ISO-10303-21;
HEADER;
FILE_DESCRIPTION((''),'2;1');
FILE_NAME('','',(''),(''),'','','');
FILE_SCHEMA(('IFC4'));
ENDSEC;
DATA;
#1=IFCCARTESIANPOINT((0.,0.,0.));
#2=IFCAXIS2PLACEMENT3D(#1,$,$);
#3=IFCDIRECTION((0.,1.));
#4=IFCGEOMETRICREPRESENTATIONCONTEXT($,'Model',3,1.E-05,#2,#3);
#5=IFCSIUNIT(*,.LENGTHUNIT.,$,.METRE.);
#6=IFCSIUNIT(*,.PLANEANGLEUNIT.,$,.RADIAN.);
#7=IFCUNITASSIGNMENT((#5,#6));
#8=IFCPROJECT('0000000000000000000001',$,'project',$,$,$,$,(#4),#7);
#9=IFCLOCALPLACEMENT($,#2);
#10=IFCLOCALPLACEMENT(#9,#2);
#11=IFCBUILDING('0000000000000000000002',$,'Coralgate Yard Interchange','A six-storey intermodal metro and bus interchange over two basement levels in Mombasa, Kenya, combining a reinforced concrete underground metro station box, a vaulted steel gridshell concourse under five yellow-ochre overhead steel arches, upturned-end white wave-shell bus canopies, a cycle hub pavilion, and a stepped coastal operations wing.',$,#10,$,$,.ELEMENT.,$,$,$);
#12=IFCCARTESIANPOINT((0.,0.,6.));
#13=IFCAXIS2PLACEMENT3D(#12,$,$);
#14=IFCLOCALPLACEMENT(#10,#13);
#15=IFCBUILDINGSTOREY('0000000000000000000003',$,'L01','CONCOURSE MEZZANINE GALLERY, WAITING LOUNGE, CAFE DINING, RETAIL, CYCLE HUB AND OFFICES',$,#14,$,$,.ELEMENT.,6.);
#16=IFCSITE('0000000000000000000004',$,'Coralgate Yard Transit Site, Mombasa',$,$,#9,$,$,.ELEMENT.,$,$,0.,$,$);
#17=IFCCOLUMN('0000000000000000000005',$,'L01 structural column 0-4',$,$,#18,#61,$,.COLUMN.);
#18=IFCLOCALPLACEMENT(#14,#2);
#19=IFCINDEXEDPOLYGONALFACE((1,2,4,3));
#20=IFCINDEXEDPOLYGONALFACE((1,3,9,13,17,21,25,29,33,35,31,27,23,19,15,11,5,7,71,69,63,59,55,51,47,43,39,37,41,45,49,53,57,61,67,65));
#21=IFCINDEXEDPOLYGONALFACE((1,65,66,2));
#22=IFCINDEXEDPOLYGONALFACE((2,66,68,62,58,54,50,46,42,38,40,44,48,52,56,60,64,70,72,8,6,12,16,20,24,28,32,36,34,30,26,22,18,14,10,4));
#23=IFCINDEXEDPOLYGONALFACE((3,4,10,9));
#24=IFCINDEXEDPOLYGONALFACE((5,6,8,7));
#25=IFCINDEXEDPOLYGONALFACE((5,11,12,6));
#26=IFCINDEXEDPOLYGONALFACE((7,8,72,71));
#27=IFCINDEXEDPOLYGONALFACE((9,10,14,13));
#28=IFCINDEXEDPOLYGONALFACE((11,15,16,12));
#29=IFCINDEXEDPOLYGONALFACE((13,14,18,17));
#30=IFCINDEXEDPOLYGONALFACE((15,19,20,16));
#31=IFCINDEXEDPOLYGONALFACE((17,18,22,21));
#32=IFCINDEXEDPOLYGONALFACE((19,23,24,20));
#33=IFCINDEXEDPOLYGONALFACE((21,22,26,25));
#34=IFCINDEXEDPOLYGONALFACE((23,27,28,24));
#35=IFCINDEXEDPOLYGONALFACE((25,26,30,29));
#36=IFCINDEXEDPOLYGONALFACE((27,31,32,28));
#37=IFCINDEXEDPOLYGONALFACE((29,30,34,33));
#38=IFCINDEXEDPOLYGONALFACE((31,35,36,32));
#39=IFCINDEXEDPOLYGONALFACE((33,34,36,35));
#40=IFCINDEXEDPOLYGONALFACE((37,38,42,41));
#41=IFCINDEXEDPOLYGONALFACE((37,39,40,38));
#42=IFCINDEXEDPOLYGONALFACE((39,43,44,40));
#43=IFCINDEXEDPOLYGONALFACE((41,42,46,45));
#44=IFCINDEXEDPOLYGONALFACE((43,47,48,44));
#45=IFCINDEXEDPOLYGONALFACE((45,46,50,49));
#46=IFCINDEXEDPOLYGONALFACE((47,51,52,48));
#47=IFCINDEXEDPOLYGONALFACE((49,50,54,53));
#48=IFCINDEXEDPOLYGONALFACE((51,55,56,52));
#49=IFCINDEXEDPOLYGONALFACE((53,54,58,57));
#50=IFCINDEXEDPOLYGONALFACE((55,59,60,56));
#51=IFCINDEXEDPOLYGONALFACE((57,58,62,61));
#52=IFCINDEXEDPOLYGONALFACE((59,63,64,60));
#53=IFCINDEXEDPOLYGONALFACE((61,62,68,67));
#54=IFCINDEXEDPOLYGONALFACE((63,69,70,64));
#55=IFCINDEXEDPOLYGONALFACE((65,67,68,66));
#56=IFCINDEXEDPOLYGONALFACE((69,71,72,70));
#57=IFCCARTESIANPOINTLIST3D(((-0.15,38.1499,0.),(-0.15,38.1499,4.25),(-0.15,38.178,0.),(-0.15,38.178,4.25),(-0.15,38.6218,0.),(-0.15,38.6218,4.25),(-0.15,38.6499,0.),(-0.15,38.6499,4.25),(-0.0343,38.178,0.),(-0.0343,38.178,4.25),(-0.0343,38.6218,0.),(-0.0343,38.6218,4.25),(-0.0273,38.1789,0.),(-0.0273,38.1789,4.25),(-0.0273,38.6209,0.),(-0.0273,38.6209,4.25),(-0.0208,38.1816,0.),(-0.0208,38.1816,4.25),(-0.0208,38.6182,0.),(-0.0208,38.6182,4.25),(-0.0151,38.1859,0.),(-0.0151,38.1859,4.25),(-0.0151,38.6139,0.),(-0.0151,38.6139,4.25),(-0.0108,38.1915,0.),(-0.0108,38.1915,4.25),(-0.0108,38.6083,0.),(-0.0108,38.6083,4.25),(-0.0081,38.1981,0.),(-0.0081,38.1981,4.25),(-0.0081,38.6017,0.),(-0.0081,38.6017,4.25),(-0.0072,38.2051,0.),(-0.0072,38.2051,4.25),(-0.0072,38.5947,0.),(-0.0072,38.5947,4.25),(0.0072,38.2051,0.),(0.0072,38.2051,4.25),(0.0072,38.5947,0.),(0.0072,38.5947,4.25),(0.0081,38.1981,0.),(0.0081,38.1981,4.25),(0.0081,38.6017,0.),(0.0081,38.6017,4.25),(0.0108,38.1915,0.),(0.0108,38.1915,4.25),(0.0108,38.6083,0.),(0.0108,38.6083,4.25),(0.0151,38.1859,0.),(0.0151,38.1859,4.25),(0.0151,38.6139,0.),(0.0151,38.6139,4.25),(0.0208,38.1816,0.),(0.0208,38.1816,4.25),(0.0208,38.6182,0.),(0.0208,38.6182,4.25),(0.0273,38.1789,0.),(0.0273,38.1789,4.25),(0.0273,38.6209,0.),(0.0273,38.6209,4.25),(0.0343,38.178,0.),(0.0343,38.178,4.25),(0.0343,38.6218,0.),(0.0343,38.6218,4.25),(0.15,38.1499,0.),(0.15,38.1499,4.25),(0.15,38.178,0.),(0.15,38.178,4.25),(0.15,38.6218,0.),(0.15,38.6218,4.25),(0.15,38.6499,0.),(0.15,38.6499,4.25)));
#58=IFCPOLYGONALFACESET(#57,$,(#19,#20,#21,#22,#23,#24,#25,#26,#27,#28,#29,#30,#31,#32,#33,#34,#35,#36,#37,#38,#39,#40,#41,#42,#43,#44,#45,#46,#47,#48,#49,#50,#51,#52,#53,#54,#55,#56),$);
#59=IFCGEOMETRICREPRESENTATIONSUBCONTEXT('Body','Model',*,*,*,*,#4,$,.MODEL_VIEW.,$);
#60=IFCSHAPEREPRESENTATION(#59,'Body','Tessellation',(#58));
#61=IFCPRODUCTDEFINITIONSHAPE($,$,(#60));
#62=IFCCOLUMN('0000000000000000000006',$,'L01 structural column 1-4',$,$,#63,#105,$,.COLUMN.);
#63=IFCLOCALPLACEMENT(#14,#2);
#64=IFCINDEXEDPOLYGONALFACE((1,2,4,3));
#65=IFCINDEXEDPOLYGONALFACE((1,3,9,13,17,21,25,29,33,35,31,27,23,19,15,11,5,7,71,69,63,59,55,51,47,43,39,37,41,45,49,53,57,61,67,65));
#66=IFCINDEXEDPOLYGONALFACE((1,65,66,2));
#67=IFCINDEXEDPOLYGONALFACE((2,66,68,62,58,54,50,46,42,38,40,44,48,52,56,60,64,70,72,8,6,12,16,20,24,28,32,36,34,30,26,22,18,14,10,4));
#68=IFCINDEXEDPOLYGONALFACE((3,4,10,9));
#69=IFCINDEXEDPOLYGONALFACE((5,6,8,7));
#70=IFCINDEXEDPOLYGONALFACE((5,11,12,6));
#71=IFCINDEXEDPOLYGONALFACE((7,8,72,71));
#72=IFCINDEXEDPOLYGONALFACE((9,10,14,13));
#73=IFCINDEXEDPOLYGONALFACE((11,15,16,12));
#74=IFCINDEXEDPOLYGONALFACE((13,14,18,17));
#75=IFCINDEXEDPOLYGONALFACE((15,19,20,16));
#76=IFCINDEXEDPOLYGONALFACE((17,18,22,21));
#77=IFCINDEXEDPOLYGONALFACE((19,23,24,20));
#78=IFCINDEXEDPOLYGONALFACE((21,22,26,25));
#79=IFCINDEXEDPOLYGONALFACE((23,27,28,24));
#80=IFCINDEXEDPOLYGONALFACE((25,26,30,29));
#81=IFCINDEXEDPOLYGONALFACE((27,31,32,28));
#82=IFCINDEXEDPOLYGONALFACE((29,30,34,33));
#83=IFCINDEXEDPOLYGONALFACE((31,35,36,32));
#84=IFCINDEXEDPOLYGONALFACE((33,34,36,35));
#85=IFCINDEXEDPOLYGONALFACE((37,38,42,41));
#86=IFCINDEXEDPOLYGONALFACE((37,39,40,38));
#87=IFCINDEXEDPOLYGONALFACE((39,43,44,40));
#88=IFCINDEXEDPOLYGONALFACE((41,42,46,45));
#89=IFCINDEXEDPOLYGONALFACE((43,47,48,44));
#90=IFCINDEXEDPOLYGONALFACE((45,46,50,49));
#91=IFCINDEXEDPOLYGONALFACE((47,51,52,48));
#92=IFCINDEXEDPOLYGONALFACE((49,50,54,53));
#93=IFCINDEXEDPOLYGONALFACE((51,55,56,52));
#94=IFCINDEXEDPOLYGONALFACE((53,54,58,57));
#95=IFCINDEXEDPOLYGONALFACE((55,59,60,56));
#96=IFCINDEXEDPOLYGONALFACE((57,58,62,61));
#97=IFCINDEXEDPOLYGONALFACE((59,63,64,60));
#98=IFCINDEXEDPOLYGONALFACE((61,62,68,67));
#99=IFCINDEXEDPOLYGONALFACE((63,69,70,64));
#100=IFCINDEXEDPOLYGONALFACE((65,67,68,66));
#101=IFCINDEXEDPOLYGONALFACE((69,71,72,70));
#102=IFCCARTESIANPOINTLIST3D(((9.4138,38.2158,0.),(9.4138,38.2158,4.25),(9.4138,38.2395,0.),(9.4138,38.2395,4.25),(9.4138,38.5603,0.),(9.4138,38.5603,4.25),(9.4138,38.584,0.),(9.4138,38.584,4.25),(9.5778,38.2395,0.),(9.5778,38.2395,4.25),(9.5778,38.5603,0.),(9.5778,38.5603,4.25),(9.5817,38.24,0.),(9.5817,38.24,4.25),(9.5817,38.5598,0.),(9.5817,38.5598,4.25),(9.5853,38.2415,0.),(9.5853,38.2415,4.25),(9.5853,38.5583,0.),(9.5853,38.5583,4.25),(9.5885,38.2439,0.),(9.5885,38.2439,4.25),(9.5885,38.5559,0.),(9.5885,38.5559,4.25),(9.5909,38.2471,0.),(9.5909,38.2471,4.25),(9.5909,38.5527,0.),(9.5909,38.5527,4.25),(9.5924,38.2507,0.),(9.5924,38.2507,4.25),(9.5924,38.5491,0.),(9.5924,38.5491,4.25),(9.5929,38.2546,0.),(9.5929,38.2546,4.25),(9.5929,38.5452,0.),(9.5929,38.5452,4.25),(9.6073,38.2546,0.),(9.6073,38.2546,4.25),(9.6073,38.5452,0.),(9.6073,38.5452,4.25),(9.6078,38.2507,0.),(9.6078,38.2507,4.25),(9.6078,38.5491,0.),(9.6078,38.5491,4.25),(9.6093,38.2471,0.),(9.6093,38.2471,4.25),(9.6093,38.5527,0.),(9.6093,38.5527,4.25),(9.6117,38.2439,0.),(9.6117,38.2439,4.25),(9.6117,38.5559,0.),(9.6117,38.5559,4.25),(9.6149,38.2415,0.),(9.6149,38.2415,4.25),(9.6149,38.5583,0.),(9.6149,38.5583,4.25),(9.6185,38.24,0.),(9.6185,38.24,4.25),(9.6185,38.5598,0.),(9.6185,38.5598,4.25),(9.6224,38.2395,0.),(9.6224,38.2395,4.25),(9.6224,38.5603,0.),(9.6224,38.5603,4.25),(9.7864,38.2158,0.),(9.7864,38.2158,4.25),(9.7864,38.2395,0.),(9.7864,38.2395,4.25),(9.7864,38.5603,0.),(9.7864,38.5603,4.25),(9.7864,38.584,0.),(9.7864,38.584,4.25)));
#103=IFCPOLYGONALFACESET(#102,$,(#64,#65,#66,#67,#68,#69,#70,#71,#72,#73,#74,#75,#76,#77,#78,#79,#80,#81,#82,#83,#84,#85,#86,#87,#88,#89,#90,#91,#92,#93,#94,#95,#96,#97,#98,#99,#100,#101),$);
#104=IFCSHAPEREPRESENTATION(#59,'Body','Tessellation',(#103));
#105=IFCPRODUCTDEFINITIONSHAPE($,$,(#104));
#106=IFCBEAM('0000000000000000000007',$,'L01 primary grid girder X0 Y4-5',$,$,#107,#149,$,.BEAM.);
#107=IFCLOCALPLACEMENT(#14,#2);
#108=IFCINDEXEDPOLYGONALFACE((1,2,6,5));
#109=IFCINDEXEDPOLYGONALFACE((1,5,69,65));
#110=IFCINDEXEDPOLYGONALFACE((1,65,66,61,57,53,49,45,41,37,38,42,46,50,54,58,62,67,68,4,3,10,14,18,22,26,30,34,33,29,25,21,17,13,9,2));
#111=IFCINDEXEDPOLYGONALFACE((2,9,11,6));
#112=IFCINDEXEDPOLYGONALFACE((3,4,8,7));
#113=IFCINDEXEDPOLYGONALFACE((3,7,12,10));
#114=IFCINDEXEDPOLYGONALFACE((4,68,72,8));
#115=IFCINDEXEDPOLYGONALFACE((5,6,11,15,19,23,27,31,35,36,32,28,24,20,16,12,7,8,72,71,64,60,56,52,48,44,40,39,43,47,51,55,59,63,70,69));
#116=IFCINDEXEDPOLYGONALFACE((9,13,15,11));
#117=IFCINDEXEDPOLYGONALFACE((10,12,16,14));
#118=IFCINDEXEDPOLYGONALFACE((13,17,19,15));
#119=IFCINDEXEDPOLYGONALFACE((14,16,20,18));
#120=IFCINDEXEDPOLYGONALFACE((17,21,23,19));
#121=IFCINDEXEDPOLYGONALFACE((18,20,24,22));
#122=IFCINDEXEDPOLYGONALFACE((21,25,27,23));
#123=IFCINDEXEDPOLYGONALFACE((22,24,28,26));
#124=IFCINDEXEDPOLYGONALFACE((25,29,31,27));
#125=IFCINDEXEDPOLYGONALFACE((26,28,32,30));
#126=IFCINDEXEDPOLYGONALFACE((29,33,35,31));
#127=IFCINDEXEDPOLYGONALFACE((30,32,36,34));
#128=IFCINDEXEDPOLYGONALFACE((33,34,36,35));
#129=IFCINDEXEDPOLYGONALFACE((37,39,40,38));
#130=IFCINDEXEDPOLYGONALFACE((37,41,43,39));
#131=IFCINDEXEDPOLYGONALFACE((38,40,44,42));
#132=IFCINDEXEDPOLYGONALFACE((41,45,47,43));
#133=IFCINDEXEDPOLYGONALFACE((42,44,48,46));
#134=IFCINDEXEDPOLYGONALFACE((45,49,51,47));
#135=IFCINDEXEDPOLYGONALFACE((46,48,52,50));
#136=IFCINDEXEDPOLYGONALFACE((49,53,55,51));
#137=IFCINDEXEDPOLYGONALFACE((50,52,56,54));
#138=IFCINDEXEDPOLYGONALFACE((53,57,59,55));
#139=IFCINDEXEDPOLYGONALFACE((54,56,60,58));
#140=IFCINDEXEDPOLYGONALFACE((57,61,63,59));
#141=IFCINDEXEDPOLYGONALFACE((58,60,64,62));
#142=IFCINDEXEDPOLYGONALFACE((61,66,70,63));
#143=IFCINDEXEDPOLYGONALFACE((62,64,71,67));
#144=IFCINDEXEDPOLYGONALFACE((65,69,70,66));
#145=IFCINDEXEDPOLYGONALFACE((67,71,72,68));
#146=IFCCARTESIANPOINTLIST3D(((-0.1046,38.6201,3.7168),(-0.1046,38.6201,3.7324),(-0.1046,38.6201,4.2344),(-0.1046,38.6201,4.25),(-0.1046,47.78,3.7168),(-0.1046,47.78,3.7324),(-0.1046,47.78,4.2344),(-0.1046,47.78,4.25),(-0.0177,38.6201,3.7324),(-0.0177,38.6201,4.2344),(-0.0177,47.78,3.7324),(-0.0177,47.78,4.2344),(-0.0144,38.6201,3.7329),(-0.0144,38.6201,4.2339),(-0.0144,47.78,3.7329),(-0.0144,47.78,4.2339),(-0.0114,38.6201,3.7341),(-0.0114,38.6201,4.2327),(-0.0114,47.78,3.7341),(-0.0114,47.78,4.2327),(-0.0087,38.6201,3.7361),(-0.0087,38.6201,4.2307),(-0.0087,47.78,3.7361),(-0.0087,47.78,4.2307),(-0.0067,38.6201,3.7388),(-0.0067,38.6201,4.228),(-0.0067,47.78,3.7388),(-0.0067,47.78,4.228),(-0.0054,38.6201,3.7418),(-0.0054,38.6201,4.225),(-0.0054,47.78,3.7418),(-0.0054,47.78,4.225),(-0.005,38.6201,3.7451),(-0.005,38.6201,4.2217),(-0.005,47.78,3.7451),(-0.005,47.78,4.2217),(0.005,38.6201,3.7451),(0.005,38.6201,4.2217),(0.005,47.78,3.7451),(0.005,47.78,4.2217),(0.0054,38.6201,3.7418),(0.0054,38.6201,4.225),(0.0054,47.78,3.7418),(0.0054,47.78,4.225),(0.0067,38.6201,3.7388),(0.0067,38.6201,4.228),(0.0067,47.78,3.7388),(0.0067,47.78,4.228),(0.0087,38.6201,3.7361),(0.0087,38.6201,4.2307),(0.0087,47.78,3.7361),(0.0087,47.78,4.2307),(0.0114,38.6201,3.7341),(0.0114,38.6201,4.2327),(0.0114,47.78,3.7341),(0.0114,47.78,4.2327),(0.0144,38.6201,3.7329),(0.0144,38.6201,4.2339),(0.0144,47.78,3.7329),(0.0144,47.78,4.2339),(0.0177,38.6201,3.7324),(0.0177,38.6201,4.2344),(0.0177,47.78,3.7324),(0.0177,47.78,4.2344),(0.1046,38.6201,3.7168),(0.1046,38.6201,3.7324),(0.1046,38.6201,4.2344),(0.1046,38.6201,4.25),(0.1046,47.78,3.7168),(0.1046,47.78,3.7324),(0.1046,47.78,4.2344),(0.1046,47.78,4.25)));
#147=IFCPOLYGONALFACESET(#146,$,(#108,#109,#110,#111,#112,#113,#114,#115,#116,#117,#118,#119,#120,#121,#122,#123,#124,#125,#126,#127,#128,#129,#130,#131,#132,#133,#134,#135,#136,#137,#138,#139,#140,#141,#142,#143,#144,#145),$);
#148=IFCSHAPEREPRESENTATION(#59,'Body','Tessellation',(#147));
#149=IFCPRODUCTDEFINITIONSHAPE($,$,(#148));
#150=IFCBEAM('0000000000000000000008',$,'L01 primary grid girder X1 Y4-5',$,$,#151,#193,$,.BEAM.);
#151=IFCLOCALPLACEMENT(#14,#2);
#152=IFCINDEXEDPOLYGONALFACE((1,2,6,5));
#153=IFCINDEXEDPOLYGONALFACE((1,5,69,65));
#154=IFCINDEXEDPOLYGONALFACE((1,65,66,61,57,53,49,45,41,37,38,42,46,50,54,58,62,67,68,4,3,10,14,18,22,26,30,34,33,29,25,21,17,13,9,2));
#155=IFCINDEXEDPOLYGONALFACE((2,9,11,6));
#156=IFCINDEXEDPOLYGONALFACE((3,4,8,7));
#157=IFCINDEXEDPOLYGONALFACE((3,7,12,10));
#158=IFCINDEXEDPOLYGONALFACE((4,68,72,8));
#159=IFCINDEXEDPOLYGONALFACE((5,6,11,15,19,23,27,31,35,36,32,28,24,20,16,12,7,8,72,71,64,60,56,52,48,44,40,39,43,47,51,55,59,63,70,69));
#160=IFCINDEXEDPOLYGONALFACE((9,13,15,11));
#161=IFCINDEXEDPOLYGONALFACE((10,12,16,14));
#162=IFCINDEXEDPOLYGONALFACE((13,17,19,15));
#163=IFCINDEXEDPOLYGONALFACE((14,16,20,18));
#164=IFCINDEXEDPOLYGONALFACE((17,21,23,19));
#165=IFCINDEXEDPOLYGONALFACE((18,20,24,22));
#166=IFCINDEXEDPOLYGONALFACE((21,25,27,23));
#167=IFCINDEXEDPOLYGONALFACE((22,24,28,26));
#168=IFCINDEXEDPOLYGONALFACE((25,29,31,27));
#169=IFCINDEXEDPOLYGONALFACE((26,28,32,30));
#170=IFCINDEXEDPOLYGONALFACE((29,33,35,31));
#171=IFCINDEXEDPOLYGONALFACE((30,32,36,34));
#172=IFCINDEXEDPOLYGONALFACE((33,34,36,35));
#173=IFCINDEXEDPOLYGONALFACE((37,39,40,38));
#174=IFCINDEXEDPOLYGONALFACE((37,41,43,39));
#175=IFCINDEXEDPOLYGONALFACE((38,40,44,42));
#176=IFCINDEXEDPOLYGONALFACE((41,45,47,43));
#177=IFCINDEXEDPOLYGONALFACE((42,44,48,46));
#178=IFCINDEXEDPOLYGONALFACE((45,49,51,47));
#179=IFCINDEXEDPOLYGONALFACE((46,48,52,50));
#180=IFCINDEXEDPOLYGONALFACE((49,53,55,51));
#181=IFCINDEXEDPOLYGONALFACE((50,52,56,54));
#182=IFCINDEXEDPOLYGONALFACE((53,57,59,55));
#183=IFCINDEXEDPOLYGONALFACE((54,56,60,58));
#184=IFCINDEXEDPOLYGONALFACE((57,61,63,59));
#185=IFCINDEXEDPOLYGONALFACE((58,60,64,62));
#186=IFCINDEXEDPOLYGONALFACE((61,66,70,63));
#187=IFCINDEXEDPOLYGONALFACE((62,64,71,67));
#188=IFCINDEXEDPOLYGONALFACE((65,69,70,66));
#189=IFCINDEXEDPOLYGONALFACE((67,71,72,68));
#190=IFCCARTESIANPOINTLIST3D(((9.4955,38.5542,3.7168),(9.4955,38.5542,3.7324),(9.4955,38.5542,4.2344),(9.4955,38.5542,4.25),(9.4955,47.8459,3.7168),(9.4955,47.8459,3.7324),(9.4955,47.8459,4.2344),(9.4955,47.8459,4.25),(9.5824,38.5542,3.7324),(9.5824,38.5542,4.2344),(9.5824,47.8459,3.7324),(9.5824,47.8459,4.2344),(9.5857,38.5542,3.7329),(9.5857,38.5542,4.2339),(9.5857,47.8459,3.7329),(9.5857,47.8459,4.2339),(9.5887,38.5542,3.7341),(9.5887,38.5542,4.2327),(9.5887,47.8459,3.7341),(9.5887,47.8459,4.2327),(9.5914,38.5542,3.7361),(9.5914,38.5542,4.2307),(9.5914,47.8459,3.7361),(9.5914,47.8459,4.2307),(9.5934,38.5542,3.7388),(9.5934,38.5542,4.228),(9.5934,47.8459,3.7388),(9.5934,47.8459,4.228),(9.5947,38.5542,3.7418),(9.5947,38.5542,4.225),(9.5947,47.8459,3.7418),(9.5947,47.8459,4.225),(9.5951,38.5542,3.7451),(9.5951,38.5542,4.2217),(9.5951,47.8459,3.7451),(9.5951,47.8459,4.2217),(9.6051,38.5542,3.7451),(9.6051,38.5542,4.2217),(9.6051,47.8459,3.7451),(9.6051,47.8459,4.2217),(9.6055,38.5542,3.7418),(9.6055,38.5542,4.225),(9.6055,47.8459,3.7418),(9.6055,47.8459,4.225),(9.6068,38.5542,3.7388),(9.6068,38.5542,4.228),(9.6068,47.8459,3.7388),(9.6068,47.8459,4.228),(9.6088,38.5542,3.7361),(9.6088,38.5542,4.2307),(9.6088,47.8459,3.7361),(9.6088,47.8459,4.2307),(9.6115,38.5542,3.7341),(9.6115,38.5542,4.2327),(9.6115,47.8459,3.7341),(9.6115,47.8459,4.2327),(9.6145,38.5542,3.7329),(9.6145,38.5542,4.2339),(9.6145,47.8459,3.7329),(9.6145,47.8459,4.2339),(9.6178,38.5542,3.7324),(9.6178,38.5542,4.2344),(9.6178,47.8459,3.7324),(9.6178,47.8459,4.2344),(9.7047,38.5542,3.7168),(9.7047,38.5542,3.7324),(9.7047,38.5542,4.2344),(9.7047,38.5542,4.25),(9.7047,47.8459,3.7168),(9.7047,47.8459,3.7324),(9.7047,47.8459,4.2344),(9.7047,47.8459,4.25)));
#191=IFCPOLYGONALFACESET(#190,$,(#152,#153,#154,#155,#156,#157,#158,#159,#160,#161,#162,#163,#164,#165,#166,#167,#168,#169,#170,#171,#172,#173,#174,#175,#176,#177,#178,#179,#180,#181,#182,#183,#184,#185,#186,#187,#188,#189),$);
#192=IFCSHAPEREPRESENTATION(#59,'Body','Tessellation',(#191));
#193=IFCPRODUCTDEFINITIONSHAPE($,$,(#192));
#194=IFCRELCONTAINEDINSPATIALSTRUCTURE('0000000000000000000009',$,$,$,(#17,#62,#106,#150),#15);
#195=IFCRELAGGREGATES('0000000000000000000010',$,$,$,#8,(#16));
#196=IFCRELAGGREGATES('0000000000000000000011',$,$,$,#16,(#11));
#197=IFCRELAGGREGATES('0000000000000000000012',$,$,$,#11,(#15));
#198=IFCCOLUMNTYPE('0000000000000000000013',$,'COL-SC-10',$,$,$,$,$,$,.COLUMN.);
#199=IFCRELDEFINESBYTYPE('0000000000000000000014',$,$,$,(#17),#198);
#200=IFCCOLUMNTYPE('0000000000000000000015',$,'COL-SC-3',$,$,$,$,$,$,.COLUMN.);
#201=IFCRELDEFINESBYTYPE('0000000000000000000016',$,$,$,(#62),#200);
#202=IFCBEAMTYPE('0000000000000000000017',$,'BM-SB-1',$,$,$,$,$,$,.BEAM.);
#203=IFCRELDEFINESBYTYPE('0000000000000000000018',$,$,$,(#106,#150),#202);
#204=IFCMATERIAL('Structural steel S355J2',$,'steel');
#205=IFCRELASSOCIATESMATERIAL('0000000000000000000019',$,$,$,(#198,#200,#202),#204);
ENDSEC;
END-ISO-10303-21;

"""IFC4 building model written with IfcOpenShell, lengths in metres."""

from ifc_helpers import new_model, si_unit, direction, frame, origin, origin_2d, place, context, subcontext, project, spatial, i_section, extrude, material, material_profile, profile_set, type_object, element, save


model = new_model("IFC4")

# Units and contexts
model_context = context("Model", 3, precision=1e-05, world=origin(), true_north=direction((0.0, 1.0)))
body_context = subcontext(model_context, "Body", "Model", "MODEL_VIEW")
ifc_project = project(units=[si_unit("LENGTHUNIT", "METRE"), si_unit("PLANEANGLEUNIT", "RADIAN")], contexts=[model_context])

# Site, building, storey
site_placement = place(None, origin())
site = spatial("IfcSite", under=ifc_project, at=site_placement, Name="Coralgate Yard Transit Site, Mombasa", CompositionType="ELEMENT", RefElevation=0.0)
building_placement = place(site_placement, origin())
building = spatial("IfcBuilding", under=site, at=building_placement, Name="Coralgate Yard Interchange", Description="A six-storey intermodal metro and bus interchange over two basement levels in Mombasa, Kenya, combining a reinforced concrete underground metro station box, a vaulted steel gridshell concourse under five yellow-ochre overhead steel arches, upturned-end white wave-shell bus canopies, a cycle hub pavilion, and a stepped coastal operations wing.", CompositionType="ELEMENT")
storey_placement = place(building_placement, frame((0.0, 0.0, 6.0)))
storey = spatial("IfcBuildingStorey", under=building, at=storey_placement, Name="L01", Description="CONCOURSE MEZZANINE GALLERY, WAITING LOUNGE, CAFE DINING, RETAIL, CYCLE HUB AND OFFICES", CompositionType="ELEMENT", Elevation=6.0)

# Columns
ifc_material_1 = material(Name="Structural steel S355J2", Category="steel")
ifc_material_profile_1 = material_profile(ifc_material_1, i_section(OverallWidth=0.3, OverallDepth=0.5, WebThickness=0.0144, FlangeThickness=0.0281, FilletRadius=0.0271, at=origin_2d()), Name="HEB 500")
ifc_profile_set_1 = profile_set([ifc_material_profile_1], Name="Structural steel S355J2")
column_type_1 = type_object("IfcColumnType", Name="COL-SC-10", PredefinedType="COLUMN", material=ifc_profile_set_1)
column_1_placement = place(storey_placement, frame((0.0, 38.3999, 0.0), z_axis=(0.0, 0.0, 1.0), x_axis=(1.0, 0.0, 0.0)))
element("IfcColumn", 1, at=column_1_placement, inside=storey, type_object=column_type_1, Name="L01 structural column 0-4", PredefinedType="COLUMN", context=body_context, shape_type="SweptSolid", body=[
    extrude(i_section(OverallWidth=0.3, OverallDepth=0.5, WebThickness=0.0144, FlangeThickness=0.0281, FilletRadius=0.0271, at=origin_2d()), origin(), (0.0, 0.0, 1.0), 4.25),
])
ifc_material_profile_2 = material_profile(ifc_material_1, i_section(OverallWidth=0.3726, OverallDepth=0.3682, WebThickness=0.0144, FlangeThickness=0.0237, FilletRadius=0.0151, at=origin_2d()), Name="UC 356x368x177")
ifc_profile_set_2 = profile_set([ifc_material_profile_2], Name="Structural steel S355J2")
column_type_2 = type_object("IfcColumnType", Name="COL-SC-3", PredefinedType="COLUMN", material=ifc_profile_set_2)
column_2_placement = place(storey_placement, frame((9.6001, 38.3999, 0.0), z_axis=(0.0, 0.0, 1.0), x_axis=(1.0, 0.0, 0.0)))
element("IfcColumn", 2, at=column_2_placement, inside=storey, type_object=column_type_2, Name="L01 structural column 1-4", PredefinedType="COLUMN", context=body_context, shape_type="SweptSolid", body=[
    extrude(i_section(OverallWidth=0.3726, OverallDepth=0.3682, WebThickness=0.0144, FlangeThickness=0.0237, FilletRadius=0.0151, at=origin_2d()), origin(), (0.0, 0.0, 1.0), 4.25),
])

# Beams
ifc_material_profile_3 = material_profile(ifc_material_1, i_section(OverallWidth=0.2092, OverallDepth=0.5332, WebThickness=0.01, FlangeThickness=0.0156, FilletRadius=0.0127, at=origin_2d()), Name="UB 533x210x92")
ifc_profile_set_3 = profile_set([ifc_material_profile_3], Name="Structural steel S355J2")
beam_type_1 = type_object("IfcBeamType", Name="BM-SB-1", PredefinedType="BEAM", material=ifc_profile_set_3)
beam_1_placement = place(storey_placement, frame((0.0, 38.6201, 3.9834), z_axis=(0.0, 1.0, 0.0), x_axis=(-1.0, 0.0, 0.0)))
element("IfcBeam", 3, at=beam_1_placement, inside=storey, type_object=beam_type_1, Name="L01 primary grid girder X0 Y4-5", PredefinedType="BEAM", context=body_context, shape_type="SweptSolid", body=[
    extrude(i_section(OverallWidth=0.2092, OverallDepth=0.5332, WebThickness=0.01, FlangeThickness=0.0156, FilletRadius=0.0127, at=origin_2d()), origin(), (0.0, 0.0, 1.0), 9.1599),
])
beam_2_placement = place(storey_placement, frame((9.6001, 38.5542, 3.9834), z_axis=(0.0, 1.0, 0.0), x_axis=(-1.0, 0.0, 0.0)))
element("IfcBeam", 4, at=beam_2_placement, inside=storey, type_object=beam_type_1, Name="L01 primary grid girder X1 Y4-5", PredefinedType="BEAM", context=body_context, shape_type="SweptSolid", body=[
    extrude(i_section(OverallWidth=0.2092, OverallDepth=0.5332, WebThickness=0.01, FlangeThickness=0.0156, FilletRadius=0.0127, at=origin_2d()), origin(), (0.0, 0.0, 1.0), 9.2917),
])

save(model, "model.ifc")
